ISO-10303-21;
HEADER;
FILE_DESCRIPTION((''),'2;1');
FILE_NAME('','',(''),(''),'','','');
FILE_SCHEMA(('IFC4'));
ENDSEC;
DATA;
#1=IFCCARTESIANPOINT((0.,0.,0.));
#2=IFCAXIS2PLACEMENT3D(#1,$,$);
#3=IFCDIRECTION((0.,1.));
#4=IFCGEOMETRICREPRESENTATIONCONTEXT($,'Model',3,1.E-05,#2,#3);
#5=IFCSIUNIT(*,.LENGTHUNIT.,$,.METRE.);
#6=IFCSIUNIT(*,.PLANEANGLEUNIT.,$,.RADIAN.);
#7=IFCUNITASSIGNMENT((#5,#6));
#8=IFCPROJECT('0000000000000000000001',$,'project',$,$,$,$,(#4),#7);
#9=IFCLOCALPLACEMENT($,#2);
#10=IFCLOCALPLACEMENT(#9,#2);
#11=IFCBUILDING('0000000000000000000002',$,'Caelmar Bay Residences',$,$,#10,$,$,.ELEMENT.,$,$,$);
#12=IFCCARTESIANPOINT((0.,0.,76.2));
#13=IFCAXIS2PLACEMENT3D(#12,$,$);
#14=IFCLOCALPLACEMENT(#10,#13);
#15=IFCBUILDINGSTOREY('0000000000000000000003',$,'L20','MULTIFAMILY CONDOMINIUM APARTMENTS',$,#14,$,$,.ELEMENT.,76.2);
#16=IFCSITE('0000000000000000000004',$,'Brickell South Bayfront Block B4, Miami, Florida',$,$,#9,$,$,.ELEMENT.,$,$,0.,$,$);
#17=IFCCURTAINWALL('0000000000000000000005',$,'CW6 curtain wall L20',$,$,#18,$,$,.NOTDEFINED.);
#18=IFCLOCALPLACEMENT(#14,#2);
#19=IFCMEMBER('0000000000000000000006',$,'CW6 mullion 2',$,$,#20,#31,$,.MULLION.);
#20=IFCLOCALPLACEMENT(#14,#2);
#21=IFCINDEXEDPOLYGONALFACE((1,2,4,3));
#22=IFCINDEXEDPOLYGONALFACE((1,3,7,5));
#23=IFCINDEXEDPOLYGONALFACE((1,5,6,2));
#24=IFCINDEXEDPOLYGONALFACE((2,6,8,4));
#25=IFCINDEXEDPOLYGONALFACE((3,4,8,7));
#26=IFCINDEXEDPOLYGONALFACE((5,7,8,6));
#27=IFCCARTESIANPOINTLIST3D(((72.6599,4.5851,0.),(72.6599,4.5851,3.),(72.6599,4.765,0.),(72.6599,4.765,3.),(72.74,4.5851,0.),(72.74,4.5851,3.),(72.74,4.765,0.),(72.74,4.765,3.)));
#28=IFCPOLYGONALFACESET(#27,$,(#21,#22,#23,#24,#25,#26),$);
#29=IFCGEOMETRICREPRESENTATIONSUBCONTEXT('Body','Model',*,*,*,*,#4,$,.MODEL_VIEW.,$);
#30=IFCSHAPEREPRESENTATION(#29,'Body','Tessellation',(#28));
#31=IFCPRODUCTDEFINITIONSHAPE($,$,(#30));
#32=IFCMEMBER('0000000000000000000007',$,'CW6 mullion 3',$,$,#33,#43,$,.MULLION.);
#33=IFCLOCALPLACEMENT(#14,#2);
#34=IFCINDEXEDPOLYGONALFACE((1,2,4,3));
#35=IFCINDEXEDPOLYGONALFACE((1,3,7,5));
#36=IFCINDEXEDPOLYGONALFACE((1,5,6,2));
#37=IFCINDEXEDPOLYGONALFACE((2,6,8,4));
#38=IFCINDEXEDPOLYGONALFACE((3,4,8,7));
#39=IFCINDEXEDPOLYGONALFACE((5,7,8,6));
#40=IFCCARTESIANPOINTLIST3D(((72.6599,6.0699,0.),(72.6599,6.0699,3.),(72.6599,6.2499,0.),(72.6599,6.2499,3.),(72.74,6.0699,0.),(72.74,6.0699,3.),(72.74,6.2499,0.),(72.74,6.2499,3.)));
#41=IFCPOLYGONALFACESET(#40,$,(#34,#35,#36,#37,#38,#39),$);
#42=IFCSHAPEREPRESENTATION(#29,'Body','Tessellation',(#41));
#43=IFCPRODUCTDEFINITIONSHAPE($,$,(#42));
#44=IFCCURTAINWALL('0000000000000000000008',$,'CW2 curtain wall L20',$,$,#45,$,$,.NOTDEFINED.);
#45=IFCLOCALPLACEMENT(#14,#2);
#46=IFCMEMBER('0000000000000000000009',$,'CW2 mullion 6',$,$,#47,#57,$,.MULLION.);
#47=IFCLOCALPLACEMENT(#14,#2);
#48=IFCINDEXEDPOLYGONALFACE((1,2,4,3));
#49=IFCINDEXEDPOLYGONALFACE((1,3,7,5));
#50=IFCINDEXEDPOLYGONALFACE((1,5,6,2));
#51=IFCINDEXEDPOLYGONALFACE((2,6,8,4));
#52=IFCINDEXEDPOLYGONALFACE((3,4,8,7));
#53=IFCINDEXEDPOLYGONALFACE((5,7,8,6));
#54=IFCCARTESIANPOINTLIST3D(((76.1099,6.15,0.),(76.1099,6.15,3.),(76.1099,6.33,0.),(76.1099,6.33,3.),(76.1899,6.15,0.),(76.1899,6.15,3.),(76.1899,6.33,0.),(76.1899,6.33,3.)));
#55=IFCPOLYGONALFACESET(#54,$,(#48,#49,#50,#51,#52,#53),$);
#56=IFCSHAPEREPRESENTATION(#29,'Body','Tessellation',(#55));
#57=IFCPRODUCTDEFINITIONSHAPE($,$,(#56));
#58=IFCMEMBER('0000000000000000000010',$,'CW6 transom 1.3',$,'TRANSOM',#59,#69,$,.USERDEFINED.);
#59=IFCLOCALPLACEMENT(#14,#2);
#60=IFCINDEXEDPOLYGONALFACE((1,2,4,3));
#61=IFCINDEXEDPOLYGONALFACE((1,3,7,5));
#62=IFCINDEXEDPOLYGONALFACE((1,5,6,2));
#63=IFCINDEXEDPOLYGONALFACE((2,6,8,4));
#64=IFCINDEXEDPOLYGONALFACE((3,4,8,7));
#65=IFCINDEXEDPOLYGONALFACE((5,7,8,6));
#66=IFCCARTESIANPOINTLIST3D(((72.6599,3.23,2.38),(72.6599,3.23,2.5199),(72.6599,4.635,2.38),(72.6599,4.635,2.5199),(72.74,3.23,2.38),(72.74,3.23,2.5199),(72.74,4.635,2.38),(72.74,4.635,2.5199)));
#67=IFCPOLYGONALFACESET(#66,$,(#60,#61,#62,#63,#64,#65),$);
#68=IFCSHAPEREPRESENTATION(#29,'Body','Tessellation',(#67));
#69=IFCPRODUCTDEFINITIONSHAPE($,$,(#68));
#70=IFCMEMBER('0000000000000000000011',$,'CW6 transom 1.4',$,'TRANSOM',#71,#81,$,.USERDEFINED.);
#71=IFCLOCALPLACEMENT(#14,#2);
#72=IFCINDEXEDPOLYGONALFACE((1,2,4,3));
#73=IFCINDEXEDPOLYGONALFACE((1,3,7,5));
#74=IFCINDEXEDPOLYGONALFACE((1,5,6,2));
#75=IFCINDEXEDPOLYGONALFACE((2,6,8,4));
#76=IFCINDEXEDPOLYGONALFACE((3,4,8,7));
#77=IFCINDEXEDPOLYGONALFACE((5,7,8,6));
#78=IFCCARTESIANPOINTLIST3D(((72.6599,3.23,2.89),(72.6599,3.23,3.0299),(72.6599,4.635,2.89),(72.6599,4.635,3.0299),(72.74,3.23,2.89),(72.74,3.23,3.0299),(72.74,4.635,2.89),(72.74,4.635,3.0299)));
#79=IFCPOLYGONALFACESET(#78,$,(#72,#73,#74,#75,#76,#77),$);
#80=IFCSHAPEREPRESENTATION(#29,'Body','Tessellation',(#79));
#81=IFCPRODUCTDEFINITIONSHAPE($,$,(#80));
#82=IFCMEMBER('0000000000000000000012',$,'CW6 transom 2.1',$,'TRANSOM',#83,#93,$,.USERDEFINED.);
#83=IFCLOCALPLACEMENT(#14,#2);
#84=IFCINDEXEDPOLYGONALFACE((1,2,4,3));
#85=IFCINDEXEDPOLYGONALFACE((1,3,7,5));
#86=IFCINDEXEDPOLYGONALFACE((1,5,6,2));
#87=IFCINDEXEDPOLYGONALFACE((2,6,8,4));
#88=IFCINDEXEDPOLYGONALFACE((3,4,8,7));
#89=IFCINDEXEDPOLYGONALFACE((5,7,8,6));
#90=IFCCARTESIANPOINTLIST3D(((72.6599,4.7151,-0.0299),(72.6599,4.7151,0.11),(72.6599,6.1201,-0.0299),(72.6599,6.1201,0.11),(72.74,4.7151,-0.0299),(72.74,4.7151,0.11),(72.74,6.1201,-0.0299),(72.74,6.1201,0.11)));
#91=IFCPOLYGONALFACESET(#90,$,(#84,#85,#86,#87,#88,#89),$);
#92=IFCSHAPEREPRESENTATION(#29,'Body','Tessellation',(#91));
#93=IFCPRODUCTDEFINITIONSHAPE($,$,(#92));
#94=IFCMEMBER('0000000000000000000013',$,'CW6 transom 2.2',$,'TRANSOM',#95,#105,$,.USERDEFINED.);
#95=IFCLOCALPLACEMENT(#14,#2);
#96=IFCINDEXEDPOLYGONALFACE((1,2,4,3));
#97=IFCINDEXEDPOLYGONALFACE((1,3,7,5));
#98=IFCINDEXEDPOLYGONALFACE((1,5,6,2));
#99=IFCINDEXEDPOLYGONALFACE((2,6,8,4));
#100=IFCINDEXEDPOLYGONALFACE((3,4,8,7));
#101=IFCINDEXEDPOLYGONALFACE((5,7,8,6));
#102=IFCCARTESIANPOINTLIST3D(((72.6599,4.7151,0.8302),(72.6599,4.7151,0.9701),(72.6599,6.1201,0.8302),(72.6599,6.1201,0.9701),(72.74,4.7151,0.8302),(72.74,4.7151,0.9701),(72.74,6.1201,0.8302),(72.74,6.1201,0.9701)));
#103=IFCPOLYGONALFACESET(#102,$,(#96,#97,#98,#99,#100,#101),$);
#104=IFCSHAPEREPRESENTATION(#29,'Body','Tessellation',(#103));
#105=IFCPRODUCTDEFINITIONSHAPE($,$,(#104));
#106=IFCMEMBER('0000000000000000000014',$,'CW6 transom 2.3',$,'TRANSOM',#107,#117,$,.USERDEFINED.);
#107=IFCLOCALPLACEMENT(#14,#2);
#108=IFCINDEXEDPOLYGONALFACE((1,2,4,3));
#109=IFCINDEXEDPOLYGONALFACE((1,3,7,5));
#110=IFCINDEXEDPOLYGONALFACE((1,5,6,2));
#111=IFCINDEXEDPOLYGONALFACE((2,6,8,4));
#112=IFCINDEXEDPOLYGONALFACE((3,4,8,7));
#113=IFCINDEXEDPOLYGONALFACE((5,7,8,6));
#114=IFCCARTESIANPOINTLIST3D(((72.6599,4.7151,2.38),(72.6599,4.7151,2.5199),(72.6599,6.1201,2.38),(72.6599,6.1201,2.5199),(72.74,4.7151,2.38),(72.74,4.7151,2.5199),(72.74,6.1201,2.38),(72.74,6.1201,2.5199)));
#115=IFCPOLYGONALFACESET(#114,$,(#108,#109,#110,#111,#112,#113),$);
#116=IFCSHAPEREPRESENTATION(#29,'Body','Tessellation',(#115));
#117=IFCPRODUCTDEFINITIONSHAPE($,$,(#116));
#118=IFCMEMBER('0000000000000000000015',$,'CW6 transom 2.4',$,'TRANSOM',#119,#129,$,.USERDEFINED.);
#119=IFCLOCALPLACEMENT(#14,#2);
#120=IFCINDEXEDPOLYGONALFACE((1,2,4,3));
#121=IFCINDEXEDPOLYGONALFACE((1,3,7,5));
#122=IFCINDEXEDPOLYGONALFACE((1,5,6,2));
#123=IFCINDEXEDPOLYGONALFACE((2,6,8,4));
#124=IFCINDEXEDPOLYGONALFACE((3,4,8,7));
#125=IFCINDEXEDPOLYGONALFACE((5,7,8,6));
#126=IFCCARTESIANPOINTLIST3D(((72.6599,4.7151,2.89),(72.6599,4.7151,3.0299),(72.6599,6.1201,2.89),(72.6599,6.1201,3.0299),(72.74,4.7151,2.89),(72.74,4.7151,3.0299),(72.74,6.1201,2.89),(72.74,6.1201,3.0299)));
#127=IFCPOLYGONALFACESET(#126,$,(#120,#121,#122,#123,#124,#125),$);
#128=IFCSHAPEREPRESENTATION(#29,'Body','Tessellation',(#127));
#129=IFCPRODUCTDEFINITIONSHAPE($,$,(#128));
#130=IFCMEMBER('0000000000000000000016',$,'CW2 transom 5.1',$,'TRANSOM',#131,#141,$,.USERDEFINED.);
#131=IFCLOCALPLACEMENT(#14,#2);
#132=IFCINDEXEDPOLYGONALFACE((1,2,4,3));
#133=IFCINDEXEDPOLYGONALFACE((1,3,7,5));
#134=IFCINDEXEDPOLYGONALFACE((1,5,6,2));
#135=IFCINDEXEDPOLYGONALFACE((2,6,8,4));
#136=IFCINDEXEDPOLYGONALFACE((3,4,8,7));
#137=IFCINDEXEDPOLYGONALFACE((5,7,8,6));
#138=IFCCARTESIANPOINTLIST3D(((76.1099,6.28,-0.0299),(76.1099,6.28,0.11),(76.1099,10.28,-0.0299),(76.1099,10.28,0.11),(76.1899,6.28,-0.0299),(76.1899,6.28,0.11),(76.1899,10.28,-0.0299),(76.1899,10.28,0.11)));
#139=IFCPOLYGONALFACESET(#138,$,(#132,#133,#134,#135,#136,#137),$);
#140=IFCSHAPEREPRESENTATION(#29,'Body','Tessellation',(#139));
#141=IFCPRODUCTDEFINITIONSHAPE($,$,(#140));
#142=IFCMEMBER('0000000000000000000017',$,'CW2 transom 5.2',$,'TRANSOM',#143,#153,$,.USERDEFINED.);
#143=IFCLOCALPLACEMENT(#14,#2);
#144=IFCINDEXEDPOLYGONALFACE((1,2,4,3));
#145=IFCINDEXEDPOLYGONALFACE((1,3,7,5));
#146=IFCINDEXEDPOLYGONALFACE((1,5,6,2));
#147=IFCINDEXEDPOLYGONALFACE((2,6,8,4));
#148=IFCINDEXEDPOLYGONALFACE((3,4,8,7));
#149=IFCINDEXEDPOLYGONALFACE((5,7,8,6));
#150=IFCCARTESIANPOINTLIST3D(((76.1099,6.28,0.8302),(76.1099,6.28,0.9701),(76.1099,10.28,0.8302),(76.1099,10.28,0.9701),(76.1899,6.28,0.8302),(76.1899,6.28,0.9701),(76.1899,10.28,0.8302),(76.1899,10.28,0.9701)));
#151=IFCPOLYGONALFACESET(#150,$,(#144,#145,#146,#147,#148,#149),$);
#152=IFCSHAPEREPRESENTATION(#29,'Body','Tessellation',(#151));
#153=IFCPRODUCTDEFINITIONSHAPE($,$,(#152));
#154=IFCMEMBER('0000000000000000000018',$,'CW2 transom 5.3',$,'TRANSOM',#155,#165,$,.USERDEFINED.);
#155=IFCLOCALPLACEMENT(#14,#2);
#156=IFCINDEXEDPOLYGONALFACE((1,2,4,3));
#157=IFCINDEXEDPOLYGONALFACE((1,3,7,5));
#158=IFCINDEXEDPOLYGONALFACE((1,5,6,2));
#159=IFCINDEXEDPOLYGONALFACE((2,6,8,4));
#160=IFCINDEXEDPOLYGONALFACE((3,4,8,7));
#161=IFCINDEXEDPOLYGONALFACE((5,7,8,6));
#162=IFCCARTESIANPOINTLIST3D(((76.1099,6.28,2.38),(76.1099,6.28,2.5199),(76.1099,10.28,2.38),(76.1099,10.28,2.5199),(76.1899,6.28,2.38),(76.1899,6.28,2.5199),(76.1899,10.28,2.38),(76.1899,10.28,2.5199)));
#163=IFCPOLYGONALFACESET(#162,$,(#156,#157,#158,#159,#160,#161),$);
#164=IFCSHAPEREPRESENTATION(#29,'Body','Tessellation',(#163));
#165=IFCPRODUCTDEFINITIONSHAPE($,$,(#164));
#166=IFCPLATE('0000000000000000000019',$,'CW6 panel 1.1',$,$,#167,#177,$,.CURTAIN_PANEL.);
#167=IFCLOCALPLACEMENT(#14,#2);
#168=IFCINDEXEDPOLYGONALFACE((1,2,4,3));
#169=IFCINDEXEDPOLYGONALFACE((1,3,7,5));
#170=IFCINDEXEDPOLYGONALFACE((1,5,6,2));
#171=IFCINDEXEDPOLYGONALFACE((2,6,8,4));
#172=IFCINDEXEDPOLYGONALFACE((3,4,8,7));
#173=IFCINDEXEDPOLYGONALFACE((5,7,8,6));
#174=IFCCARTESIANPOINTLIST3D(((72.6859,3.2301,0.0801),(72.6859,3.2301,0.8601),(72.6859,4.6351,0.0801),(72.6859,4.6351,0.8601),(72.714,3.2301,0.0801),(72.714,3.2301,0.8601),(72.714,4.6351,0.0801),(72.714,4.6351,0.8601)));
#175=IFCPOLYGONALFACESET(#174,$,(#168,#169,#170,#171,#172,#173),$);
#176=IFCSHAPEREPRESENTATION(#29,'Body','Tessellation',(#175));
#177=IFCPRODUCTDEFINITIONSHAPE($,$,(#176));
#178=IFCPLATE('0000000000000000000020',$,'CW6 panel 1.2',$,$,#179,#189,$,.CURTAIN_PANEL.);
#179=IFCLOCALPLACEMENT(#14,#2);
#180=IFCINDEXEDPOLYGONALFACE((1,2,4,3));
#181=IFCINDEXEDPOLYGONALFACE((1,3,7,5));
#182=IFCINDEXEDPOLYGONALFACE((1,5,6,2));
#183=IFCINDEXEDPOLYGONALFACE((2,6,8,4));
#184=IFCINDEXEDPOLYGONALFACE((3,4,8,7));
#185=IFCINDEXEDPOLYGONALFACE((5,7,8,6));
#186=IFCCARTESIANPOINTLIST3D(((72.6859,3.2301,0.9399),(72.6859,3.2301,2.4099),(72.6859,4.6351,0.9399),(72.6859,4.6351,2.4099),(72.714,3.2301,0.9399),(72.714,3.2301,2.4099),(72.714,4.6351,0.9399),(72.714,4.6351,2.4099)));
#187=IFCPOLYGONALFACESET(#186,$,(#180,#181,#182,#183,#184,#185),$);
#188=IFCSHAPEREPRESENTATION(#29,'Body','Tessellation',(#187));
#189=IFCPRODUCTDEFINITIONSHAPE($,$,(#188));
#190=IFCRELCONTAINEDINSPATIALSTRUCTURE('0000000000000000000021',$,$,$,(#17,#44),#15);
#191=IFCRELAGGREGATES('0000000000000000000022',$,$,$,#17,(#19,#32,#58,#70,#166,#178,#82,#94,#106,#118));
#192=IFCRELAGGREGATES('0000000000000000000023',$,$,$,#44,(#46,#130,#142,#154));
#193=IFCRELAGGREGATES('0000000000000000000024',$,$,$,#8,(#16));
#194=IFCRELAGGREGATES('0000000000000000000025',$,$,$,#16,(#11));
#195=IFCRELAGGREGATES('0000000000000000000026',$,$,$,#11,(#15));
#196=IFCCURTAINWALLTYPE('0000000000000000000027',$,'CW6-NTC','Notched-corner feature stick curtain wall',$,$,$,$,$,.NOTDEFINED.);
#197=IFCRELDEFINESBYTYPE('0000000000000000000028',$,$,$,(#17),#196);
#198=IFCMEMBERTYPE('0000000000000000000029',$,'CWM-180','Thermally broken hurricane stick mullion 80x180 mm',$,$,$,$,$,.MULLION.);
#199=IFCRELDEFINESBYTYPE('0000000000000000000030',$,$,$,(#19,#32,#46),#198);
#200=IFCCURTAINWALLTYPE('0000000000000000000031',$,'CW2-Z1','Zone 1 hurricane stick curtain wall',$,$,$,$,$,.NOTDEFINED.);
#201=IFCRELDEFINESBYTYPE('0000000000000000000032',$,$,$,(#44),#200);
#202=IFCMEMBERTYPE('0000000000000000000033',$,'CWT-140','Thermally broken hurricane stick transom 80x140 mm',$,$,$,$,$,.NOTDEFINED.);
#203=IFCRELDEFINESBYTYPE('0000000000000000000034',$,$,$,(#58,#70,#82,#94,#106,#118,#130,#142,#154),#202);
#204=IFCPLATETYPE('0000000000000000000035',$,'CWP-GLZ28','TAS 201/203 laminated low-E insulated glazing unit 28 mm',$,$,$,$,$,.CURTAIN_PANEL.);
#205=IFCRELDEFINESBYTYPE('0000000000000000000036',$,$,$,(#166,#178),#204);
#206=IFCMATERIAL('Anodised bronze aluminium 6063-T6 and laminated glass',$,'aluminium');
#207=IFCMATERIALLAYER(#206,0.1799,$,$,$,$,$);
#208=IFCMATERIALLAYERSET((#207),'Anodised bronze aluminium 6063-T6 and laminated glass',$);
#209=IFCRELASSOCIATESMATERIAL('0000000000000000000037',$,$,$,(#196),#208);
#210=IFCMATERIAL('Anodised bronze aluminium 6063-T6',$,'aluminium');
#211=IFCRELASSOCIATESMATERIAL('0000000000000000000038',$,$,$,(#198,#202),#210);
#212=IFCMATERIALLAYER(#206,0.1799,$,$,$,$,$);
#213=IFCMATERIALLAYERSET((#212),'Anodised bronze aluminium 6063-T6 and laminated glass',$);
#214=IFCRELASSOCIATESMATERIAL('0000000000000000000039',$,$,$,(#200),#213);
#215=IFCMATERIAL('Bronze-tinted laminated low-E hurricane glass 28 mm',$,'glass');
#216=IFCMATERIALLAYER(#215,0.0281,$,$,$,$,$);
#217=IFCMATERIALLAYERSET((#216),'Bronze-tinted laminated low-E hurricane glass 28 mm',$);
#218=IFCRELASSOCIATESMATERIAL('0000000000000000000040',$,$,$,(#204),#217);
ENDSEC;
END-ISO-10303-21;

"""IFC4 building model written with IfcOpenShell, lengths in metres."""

from ifc_helpers import new_model, si_unit, direction, frame, origin, origin_2d, place, context, subcontext, project, spatial, rectangle, extrude, material, layer, layer_set, material_profile, profile_set, type_object, element, aggregate, save


model = new_model("IFC4")

# Units and contexts
model_context = context("Model", 3, precision=1e-05, world=origin(), true_north=direction((0.0, 1.0)))
body_context = subcontext(model_context, "Body", "Model", "MODEL_VIEW")
ifc_project = project(units=[si_unit("LENGTHUNIT", "METRE"), si_unit("PLANEANGLEUNIT", "RADIAN")], contexts=[model_context])

# Site, building, storey
site_placement = place(None, origin())
site = spatial("IfcSite", under=ifc_project, at=site_placement, Name="Brickell South Bayfront Block B4, Miami, Florida", CompositionType="ELEMENT", RefElevation=0.0)
building_placement = place(site_placement, origin())
building = spatial("IfcBuilding", under=site, at=building_placement, Name="Caelmar Bay Residences", CompositionType="ELEMENT")
storey_placement = place(building_placement, frame((0.0, 0.0, 76.2)))
storey = spatial("IfcBuildingStorey", under=building, at=storey_placement, Name="L20", Description="MULTIFAMILY CONDOMINIUM APARTMENTS", CompositionType="ELEMENT", Elevation=76.2)

# Curtain wall, members
ifc_material_1 = material(Name="Anodised bronze aluminium 6063-T6 and laminated glass", Category="aluminium")
ifc_layer_1 = layer(ifc_material_1, 0.1799)
ifc_layer_set_1 = layer_set([ifc_layer_1], Name="Anodised bronze aluminium 6063-T6 and laminated glass")
curtain_wall_type_1 = type_object("IfcCurtainWallType", Name="CW6-NTC", Description="Notched-corner feature stick curtain wall", PredefinedType="NOTDEFINED", material=ifc_layer_set_1)
curtain_wall_1_placement = place(storey_placement, origin())
curtain_wall_1 = element("IfcCurtainWall", 1, at=curtain_wall_1_placement, inside=storey, type_object=curtain_wall_type_1, Name="CW6 curtain wall L20", PredefinedType="NOTDEFINED")
ifc_material_2 = material(Name="Anodised bronze aluminium 6063-T6", Category="aluminium")
ifc_material_profile_1 = material_profile(ifc_material_2, rectangle(XDim=0.0801, YDim=0.1799, at=origin_2d()), Name="CWM-80X180")
ifc_profile_set_1 = profile_set([ifc_material_profile_1], Name="Anodised bronze aluminium 6063-T6")
member_type_1 = type_object("IfcMemberType", Name="CWM-180", Description="Thermally broken hurricane stick mullion 80x180 mm", PredefinedType="MULLION", material=ifc_profile_set_1)
member_1_placement = place(storey_placement, frame((72.7, 4.675, 0.0), z_axis=(0.0, 0.0, 1.0), x_axis=(-1.0, 0.0, 0.0)))
member_1 = element("IfcMember", 2, at=member_1_placement, type_object=member_type_1, Name="CW6 mullion 2", PredefinedType="MULLION", context=body_context, shape_type="SweptSolid", body=[
    extrude(rectangle(XDim=0.0801, YDim=0.1799, at=origin_2d()), origin(), (0.0, 0.0, 1.0), 3.0),
])
member_2_placement = place(storey_placement, frame((72.7, 6.1599, 0.0), z_axis=(0.0, 0.0, 1.0), x_axis=(-1.0, 0.0, 0.0)))
member_2 = element("IfcMember", 3, at=member_2_placement, type_object=member_type_1, Name="CW6 mullion 3", PredefinedType="MULLION", context=body_context, shape_type="SweptSolid", body=[
    extrude(rectangle(XDim=0.0801, YDim=0.1799, at=origin_2d()), origin(), (0.0, 0.0, 1.0), 3.0),
])

# Curtain wall, member
ifc_layer_2 = layer(ifc_material_1, 0.1799)
ifc_layer_set_2 = layer_set([ifc_layer_2], Name="Anodised bronze aluminium 6063-T6 and laminated glass")
curtain_wall_type_2 = type_object("IfcCurtainWallType", Name="CW2-Z1", Description="Zone 1 hurricane stick curtain wall", PredefinedType="NOTDEFINED", material=ifc_layer_set_2)
curtain_wall_2_placement = place(storey_placement, origin())
curtain_wall_2 = element("IfcCurtainWall", 4, at=curtain_wall_2_placement, inside=storey, type_object=curtain_wall_type_2, Name="CW2 curtain wall L20", PredefinedType="NOTDEFINED")
member_3_placement = place(storey_placement, frame((76.1499, 6.24, 0.0), z_axis=(0.0, 0.0, 1.0), x_axis=(1.0, 0.0, 0.0)))
member_3 = element("IfcMember", 5, at=member_3_placement, type_object=member_type_1, Name="CW2 mullion 6", PredefinedType="MULLION", context=body_context, shape_type="SweptSolid", body=[
    extrude(rectangle(XDim=0.0801, YDim=0.1799, at=origin_2d()), origin(), (0.0, 0.0, 1.0), 3.0),
])

# Members
ifc_material_profile_2 = material_profile(ifc_material_2, rectangle(XDim=0.0801, YDim=0.1399, at=origin_2d()), Name="CWT-80X140")
ifc_profile_set_2 = profile_set([ifc_material_profile_2], Name="Anodised bronze aluminium 6063-T6")
member_type_2 = type_object("IfcMemberType", Name="CWT-140", Description="Thermally broken hurricane stick transom 80x140 mm", PredefinedType="NOTDEFINED", material=ifc_profile_set_2)
member_4_placement = place(storey_placement, frame((72.7, 3.23, 2.45), z_axis=(0.0, 1.0, 0.0), x_axis=(-1.0, 0.0, 0.0)))
member_4 = element("IfcMember", 6, at=member_4_placement, type_object=member_type_2, Name="CW6 transom 1.3", ObjectType="TRANSOM", PredefinedType="USERDEFINED", context=body_context, shape_type="SweptSolid", body=[
    extrude(rectangle(XDim=0.0801, YDim=0.1399, at=origin_2d()), origin(), (0.0, 0.0, 1.0), 1.405),
])
member_5_placement = place(storey_placement, frame((72.7, 3.23, 2.96), z_axis=(0.0, 1.0, 0.0), x_axis=(-1.0, 0.0, 0.0)))
member_5 = element("IfcMember", 7, at=member_5_placement, type_object=member_type_2, Name="CW6 transom 1.4", ObjectType="TRANSOM", PredefinedType="USERDEFINED", context=body_context, shape_type="SweptSolid", body=[
    extrude(rectangle(XDim=0.0801, YDim=0.1399, at=origin_2d()), origin(), (0.0, 0.0, 1.0), 1.405),
])
member_6_placement = place(storey_placement, frame((72.7, 4.7151, 0.04), z_axis=(0.0, 1.0, 0.0), x_axis=(-1.0, 0.0, 0.0)))
member_6 = element("IfcMember", 8, at=member_6_placement, type_object=member_type_2, Name="CW6 transom 2.1", ObjectType="TRANSOM", PredefinedType="USERDEFINED", context=body_context, shape_type="SweptSolid", body=[
    extrude(rectangle(XDim=0.0801, YDim=0.1399, at=origin_2d()), origin(), (0.0, 0.0, 1.0), 1.405),
])
member_7_placement = place(storey_placement, frame((72.7, 4.7151, 0.9001), z_axis=(0.0, 1.0, 0.0), x_axis=(-1.0, 0.0, 0.0)))
member_7 = element("IfcMember", 9, at=member_7_placement, type_object=member_type_2, Name="CW6 transom 2.2", ObjectType="TRANSOM", PredefinedType="USERDEFINED", context=body_context, shape_type="SweptSolid", body=[
    extrude(rectangle(XDim=0.0801, YDim=0.1399, at=origin_2d()), origin(), (0.0, 0.0, 1.0), 1.405),
])
member_8_placement = place(storey_placement, frame((72.7, 4.7151, 2.45), z_axis=(0.0, 1.0, 0.0), x_axis=(-1.0, 0.0, 0.0)))
member_8 = element("IfcMember", 10, at=member_8_placement, type_object=member_type_2, Name="CW6 transom 2.3", ObjectType="TRANSOM", PredefinedType="USERDEFINED", context=body_context, shape_type="SweptSolid", body=[
    extrude(rectangle(XDim=0.0801, YDim=0.1399, at=origin_2d()), origin(), (0.0, 0.0, 1.0), 1.405),
])
member_9_placement = place(storey_placement, frame((72.7, 4.7151, 2.96), z_axis=(0.0, 1.0, 0.0), x_axis=(-1.0, 0.0, 0.0)))
member_9 = element("IfcMember", 11, at=member_9_placement, type_object=member_type_2, Name="CW6 transom 2.4", ObjectType="TRANSOM", PredefinedType="USERDEFINED", context=body_context, shape_type="SweptSolid", body=[
    extrude(rectangle(XDim=0.0801, YDim=0.1399, at=origin_2d()), origin(), (0.0, 0.0, 1.0), 1.405),
])
member_10_placement = place(storey_placement, frame((76.1499, 10.28, 0.04), z_axis=(0.0, -1.0, 0.0), x_axis=(1.0, 0.0, 0.0)))
member_10 = element("IfcMember", 12, at=member_10_placement, type_object=member_type_2, Name="CW2 transom 5.1", ObjectType="TRANSOM", PredefinedType="USERDEFINED", context=body_context, shape_type="SweptSolid", body=[
    extrude(rectangle(XDim=0.0801, YDim=0.1399, at=origin_2d()), origin(), (0.0, 0.0, 1.0), 4.0),
])
member_11_placement = place(storey_placement, frame((76.1499, 10.28, 0.9001), z_axis=(0.0, -1.0, 0.0), x_axis=(1.0, 0.0, 0.0)))
member_11 = element("IfcMember", 13, at=member_11_placement, type_object=member_type_2, Name="CW2 transom 5.2", ObjectType="TRANSOM", PredefinedType="USERDEFINED", context=body_context, shape_type="SweptSolid", body=[
    extrude(rectangle(XDim=0.0801, YDim=0.1399, at=origin_2d()), origin(), (0.0, 0.0, 1.0), 4.0),
])
member_12_placement = place(storey_placement, frame((76.1499, 10.28, 2.45), z_axis=(0.0, -1.0, 0.0), x_axis=(1.0, 0.0, 0.0)))
member_12 = element("IfcMember", 14, at=member_12_placement, type_object=member_type_2, Name="CW2 transom 5.3", ObjectType="TRANSOM", PredefinedType="USERDEFINED", context=body_context, shape_type="SweptSolid", body=[
    extrude(rectangle(XDim=0.0801, YDim=0.1399, at=origin_2d()), origin(), (0.0, 0.0, 1.0), 4.0),
])

# Plates
ifc_material_3 = material(Name="Bronze-tinted laminated low-E hurricane glass 28 mm", Category="glass")
ifc_layer_3 = layer(ifc_material_3, 0.0281)
ifc_layer_set_3 = layer_set([ifc_layer_3], Name="Bronze-tinted laminated low-E hurricane glass 28 mm")
plate_type = type_object("IfcPlateType", Name="CWP-GLZ28", Description="TAS 201/203 laminated low-E insulated glazing unit 28 mm", PredefinedType="CURTAIN_PANEL", material=ifc_layer_set_3)
plate_1_placement = place(storey_placement, frame((72.7, 3.9326, 0.0801), z_axis=(0.0, 0.0, 1.0), x_axis=(0.0, 1.0, 0.0)))
plate_1 = element("IfcPlate", 15, at=plate_1_placement, type_object=plate_type, Name="CW6 panel 1.1", PredefinedType="CURTAIN_PANEL", context=body_context, shape_type="SweptSolid", body=[
    extrude(rectangle(XDim=1.405, YDim=0.0281, at=origin_2d()), origin(), (0.0, 0.0, 1.0), 0.78),
])
plate_2_placement = place(storey_placement, frame((72.7, 3.9326, 0.9399), z_axis=(0.0, 0.0, 1.0), x_axis=(0.0, 1.0, 0.0)))
plate_2 = element("IfcPlate", 16, at=plate_2_placement, type_object=plate_type, Name="CW6 panel 1.2", PredefinedType="CURTAIN_PANEL", context=body_context, shape_type="SweptSolid", body=[
    extrude(rectangle(XDim=1.405, YDim=0.0281, at=origin_2d()), origin(), (0.0, 0.0, 1.0), 1.47),
])
aggregate(curtain_wall_1, [member_1, member_2, member_4, member_5, plate_1, plate_2, member_6, member_7, member_8, member_9])
aggregate(curtain_wall_2, [member_3, member_10, member_11, member_12])

save(model, "model.ifc")
